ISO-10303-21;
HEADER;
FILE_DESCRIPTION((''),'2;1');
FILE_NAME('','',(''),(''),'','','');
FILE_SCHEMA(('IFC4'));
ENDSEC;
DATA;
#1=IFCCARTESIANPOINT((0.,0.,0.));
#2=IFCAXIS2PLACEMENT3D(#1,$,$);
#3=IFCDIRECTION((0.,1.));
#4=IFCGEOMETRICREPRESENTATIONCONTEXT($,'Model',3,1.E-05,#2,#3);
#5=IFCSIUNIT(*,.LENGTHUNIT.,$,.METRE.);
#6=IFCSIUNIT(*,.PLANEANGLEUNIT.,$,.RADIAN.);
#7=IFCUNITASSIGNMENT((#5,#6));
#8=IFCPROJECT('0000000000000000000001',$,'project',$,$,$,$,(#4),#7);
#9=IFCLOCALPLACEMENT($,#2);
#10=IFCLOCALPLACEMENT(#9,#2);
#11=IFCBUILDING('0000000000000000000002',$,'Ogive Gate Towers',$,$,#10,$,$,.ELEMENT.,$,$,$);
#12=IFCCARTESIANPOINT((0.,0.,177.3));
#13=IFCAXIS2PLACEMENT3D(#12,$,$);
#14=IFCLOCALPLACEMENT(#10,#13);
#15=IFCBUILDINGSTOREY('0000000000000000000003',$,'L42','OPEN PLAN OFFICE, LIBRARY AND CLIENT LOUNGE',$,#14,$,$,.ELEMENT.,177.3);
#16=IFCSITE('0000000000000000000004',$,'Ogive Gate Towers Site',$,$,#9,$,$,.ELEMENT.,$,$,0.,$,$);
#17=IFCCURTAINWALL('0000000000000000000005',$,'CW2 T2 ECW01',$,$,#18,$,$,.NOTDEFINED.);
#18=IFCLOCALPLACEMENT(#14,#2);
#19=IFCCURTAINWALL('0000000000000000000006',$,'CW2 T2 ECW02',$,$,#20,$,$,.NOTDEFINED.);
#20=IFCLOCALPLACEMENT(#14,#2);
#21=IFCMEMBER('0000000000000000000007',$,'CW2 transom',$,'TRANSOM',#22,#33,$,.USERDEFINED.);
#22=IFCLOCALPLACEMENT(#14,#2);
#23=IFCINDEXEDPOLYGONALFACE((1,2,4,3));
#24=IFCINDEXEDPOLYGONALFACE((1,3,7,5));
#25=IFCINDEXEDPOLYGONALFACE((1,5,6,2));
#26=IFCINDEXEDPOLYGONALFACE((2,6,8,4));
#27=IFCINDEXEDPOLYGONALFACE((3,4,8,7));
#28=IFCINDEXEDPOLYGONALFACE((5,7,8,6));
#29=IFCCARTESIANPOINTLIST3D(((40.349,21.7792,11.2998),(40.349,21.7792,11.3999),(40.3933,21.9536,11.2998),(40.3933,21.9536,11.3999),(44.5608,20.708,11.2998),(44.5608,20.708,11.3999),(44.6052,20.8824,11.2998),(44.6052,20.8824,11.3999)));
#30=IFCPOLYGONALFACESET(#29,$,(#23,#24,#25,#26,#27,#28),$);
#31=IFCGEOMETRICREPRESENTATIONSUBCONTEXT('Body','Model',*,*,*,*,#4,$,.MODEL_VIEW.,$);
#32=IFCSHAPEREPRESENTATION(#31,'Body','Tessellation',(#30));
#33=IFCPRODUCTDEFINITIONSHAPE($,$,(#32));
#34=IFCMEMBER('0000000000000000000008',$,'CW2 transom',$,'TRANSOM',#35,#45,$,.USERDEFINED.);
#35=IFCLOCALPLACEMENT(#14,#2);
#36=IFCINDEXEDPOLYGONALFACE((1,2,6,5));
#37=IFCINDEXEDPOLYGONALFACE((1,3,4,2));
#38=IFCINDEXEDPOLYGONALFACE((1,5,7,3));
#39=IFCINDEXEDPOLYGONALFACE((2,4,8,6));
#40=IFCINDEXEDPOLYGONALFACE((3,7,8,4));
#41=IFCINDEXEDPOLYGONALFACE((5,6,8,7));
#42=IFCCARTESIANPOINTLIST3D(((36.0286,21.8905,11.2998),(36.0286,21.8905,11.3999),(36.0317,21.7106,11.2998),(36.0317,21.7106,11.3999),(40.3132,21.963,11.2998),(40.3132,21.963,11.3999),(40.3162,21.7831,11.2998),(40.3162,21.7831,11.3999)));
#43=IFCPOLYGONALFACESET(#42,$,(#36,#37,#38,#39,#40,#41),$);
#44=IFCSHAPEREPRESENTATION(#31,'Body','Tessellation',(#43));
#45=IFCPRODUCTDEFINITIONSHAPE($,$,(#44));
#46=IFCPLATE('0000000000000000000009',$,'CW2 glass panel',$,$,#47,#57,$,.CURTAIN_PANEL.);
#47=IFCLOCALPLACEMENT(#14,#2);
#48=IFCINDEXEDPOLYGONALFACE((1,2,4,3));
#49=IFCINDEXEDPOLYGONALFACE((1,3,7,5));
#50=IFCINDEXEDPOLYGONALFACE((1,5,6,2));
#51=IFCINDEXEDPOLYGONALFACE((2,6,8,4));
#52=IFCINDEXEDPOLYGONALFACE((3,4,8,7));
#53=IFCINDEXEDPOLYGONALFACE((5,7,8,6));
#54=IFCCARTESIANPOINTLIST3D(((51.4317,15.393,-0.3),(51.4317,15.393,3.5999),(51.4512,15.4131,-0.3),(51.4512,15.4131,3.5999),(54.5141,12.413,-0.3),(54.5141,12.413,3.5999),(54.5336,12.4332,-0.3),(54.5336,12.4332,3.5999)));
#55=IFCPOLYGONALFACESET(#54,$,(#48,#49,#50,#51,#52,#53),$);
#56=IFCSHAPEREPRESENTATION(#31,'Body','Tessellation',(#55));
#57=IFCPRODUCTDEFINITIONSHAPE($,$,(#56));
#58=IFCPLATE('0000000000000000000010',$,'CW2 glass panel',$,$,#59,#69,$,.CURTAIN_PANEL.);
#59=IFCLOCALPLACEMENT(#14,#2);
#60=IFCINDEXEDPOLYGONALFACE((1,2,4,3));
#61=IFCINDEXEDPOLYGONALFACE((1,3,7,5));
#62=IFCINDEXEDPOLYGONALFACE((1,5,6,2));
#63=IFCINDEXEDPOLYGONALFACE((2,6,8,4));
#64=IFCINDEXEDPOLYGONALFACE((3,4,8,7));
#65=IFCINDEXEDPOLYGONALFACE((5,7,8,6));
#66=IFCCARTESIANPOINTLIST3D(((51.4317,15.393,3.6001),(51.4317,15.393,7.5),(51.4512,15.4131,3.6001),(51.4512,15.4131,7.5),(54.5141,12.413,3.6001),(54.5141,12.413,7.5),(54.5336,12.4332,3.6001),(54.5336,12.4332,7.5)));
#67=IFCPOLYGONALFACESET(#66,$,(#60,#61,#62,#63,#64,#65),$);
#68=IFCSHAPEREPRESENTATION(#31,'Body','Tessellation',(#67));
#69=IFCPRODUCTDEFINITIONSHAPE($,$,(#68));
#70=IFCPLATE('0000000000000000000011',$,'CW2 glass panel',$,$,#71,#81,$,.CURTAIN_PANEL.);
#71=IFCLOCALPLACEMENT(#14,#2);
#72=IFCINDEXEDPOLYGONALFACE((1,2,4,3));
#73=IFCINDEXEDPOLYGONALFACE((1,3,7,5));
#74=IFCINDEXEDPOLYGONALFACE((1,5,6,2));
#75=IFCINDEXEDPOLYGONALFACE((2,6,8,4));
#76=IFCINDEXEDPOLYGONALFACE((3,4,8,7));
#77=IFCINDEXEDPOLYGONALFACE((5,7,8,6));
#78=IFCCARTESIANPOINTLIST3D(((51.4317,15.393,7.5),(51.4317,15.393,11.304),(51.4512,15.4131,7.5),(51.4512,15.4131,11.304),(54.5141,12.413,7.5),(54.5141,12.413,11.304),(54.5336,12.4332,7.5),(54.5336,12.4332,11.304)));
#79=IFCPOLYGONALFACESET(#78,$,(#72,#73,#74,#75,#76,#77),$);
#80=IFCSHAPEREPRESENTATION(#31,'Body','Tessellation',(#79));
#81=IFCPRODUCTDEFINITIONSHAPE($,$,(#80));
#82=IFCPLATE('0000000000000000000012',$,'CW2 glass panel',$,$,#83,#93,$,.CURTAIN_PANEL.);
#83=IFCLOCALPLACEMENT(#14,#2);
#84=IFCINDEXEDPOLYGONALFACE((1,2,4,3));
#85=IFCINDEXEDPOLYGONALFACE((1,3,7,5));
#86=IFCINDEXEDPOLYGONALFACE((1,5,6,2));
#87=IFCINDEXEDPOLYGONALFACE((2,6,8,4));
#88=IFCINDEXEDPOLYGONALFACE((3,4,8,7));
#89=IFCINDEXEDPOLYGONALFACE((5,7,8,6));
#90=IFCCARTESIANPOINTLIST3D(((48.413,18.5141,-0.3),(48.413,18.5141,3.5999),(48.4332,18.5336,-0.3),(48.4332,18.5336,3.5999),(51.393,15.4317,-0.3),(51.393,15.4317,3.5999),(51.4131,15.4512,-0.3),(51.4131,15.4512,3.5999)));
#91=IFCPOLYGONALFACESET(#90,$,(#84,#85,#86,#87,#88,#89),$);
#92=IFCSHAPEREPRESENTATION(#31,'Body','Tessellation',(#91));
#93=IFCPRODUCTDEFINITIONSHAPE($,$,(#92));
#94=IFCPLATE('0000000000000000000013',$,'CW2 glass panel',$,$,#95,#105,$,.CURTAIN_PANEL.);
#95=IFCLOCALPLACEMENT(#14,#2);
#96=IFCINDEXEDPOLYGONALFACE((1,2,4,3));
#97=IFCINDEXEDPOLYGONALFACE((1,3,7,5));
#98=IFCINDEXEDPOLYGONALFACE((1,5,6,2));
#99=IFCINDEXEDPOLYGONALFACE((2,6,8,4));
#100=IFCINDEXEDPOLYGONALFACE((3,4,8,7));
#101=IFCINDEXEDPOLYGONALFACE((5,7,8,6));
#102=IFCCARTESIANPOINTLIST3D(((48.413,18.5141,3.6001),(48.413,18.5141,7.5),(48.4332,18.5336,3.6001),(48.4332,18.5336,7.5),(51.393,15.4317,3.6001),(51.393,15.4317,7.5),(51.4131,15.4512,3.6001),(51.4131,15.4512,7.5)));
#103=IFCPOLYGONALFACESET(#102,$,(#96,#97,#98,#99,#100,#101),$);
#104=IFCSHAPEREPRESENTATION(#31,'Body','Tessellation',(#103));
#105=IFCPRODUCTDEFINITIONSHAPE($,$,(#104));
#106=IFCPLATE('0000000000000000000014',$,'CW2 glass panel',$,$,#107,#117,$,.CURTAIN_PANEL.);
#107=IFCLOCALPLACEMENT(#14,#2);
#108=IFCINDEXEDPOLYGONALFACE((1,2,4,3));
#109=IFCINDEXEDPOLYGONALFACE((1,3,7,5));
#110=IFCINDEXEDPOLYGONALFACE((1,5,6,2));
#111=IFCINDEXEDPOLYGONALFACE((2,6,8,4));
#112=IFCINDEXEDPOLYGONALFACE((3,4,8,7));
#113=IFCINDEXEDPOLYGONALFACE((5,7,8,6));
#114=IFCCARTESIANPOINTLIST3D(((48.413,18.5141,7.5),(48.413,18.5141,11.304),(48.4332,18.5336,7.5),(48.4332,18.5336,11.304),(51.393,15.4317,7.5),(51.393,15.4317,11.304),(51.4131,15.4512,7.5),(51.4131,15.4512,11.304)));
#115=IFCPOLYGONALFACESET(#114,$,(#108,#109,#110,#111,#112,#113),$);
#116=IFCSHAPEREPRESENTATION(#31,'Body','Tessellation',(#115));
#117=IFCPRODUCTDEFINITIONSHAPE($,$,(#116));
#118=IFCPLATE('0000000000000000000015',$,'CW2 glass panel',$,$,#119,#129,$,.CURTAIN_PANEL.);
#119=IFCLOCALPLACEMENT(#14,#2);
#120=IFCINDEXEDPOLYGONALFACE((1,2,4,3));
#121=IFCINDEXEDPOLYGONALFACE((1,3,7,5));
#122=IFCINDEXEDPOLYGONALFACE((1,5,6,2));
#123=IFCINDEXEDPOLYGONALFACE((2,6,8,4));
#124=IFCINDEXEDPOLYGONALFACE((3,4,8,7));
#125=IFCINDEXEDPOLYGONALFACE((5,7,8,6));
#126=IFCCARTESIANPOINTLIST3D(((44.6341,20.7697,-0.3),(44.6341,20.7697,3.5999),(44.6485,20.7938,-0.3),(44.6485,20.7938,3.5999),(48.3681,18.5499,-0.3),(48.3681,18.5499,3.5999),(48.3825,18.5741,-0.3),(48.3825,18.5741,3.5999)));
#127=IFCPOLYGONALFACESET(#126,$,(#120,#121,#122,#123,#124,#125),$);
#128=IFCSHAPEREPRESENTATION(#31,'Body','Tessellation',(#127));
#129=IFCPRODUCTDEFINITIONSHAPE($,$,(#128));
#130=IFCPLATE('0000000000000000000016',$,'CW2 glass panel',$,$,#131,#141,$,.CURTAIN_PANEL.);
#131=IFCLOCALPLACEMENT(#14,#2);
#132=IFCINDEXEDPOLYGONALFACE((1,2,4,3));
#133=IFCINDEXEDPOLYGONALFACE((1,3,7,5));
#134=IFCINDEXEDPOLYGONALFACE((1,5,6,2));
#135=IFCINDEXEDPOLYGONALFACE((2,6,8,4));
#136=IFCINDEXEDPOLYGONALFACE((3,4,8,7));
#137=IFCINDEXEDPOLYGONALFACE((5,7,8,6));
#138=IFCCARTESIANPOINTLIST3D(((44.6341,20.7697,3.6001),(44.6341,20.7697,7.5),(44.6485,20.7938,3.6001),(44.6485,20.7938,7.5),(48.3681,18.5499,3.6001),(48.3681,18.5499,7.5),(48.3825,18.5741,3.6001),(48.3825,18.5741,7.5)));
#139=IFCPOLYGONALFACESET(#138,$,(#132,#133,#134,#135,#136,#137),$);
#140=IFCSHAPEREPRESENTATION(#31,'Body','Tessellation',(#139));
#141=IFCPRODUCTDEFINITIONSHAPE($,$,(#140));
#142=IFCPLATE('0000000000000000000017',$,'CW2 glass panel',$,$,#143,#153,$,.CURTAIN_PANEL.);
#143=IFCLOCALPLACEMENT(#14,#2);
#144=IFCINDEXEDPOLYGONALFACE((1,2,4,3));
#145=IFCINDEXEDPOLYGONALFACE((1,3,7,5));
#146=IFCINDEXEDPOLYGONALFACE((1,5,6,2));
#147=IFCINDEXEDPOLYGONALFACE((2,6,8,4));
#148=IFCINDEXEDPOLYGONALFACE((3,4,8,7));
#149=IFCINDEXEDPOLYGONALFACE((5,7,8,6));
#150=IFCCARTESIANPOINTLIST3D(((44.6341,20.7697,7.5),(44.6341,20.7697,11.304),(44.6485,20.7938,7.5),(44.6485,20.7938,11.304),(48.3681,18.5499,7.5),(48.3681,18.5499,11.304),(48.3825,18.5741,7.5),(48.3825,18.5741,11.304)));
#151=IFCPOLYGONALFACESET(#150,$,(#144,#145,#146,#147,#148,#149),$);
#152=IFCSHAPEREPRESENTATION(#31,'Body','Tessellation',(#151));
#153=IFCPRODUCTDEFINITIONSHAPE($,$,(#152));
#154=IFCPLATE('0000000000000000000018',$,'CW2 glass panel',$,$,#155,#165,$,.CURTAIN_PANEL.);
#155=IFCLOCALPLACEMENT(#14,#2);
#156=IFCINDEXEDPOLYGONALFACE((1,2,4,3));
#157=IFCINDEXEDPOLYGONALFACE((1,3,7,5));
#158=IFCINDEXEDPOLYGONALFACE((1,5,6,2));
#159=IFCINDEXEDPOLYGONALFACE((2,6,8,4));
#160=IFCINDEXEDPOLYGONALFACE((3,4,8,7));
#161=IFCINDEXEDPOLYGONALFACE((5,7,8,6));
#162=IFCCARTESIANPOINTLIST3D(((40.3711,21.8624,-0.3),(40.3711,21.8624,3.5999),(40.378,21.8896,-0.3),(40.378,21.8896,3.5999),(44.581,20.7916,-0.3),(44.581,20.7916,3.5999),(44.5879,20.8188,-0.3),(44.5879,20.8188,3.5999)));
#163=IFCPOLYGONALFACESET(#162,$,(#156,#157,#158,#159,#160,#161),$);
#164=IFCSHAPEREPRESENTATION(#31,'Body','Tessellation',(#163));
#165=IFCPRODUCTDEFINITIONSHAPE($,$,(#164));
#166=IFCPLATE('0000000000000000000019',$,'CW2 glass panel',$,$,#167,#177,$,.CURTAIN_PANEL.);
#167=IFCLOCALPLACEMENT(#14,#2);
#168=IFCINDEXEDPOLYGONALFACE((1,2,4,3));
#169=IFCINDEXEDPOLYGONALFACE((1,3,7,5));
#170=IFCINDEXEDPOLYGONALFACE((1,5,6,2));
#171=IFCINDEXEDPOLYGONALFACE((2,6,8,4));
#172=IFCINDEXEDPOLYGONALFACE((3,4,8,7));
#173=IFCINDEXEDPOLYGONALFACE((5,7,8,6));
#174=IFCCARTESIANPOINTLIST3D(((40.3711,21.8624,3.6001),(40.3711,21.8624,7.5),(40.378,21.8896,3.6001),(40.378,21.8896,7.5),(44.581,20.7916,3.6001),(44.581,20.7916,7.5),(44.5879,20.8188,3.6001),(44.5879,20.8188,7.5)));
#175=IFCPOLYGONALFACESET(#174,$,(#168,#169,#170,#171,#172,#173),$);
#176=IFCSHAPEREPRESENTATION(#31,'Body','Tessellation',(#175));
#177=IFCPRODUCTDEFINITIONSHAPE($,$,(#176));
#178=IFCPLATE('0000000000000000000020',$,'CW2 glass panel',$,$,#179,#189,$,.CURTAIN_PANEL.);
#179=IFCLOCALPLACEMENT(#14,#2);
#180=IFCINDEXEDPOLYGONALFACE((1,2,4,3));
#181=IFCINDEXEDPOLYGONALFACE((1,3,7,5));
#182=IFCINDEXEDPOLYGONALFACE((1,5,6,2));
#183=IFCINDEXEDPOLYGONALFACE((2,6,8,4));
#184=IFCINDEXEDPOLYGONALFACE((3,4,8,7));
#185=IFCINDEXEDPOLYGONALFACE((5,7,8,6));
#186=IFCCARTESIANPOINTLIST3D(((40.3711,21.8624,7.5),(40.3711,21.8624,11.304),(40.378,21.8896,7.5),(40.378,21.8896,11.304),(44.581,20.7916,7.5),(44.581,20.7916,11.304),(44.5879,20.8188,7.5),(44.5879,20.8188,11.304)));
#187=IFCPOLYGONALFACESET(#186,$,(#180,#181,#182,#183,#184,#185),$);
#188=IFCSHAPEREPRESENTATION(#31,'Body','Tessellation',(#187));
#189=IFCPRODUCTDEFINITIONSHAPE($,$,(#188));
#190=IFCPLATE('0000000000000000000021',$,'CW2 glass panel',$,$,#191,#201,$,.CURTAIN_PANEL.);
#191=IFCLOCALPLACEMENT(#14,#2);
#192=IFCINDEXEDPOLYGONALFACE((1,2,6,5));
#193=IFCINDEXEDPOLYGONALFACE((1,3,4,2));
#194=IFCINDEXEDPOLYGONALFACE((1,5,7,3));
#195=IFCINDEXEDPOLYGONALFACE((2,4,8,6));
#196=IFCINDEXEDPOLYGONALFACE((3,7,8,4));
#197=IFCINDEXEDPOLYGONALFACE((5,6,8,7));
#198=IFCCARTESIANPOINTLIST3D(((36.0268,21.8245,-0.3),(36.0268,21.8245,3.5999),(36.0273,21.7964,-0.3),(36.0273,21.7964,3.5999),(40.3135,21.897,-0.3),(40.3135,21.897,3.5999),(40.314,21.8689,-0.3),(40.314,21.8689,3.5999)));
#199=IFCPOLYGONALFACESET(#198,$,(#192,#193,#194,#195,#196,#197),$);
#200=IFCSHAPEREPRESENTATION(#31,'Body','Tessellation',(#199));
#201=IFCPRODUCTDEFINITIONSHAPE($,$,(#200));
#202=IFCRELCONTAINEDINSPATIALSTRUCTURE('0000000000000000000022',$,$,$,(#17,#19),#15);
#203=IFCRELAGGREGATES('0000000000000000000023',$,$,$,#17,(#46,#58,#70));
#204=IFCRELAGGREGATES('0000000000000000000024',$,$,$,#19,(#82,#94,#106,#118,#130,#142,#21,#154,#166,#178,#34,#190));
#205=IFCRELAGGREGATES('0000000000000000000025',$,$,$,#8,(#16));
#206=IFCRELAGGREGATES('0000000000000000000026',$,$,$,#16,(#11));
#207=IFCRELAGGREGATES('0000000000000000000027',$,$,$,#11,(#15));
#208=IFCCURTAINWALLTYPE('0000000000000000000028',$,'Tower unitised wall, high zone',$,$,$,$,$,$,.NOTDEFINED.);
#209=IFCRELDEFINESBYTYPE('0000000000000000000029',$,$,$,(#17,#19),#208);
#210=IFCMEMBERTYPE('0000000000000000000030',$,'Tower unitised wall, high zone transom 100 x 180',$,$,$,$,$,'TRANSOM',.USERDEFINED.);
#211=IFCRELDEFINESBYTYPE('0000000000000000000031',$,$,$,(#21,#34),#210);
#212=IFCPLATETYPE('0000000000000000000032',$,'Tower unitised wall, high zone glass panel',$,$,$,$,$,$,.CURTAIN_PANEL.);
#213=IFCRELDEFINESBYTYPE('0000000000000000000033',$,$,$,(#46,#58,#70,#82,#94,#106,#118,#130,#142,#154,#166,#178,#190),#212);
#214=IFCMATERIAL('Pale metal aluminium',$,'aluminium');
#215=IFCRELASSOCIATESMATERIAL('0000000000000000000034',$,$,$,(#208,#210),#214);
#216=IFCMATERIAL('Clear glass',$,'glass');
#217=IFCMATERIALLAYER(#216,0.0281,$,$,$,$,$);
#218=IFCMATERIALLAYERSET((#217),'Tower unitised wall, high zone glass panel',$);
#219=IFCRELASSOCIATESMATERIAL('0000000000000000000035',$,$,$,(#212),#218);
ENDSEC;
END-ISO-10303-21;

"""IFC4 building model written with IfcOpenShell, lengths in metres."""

from ifc_helpers import new_model, si_unit, direction, frame, origin, origin_2d, place, context, subcontext, project, spatial, rectangle, extrude, material, layer, layer_set, material_profile, profile_set, type_object, element, aggregate, save


model = new_model("IFC4")

# Units and contexts
model_context = context("Model", 3, precision=1e-05, world=origin(), true_north=direction((0.0, 1.0)))
body_context = subcontext(model_context, "Body", "Model", "MODEL_VIEW")
ifc_project = project(units=[si_unit("LENGTHUNIT", "METRE"), si_unit("PLANEANGLEUNIT", "RADIAN")], contexts=[model_context])

# Site, building, storey
site_placement = place(None, origin())
site = spatial("IfcSite", under=ifc_project, at=site_placement, Name="Ogive Gate Towers Site", CompositionType="ELEMENT", RefElevation=0.0)
building_placement = place(site_placement, origin())
building = spatial("IfcBuilding", under=site, at=building_placement, Name="Ogive Gate Towers", CompositionType="ELEMENT")
storey_placement = place(building_placement, frame((0.0, 0.0, 177.3)))
storey = spatial("IfcBuildingStorey", under=building, at=storey_placement, Name="L42", Description="OPEN PLAN OFFICE, LIBRARY AND CLIENT LOUNGE", CompositionType="ELEMENT", Elevation=177.3)

# Curtain wall
ifc_material_1 = material(Name="Pale metal aluminium", Category="aluminium")
curtain_wall_type = type_object("IfcCurtainWallType", Name="Tower unitised wall, high zone", PredefinedType="NOTDEFINED", material=ifc_material_1)
curtain_wall_1_placement = place(storey_placement, origin())
curtain_wall_1 = element("IfcCurtainWall", 1, at=curtain_wall_1_placement, inside=storey, type_object=curtain_wall_type, Name="CW2 T2 ECW01", PredefinedType="NOTDEFINED")

# Curtain wall
curtain_wall_2_placement = place(storey_placement, origin())
curtain_wall_2 = element("IfcCurtainWall", 2, at=curtain_wall_2_placement, inside=storey, type_object=curtain_wall_type, Name="CW2 T2 ECW02", PredefinedType="NOTDEFINED")

# Members
ifc_material_profile_1 = material_profile(ifc_material_1, rectangle(XDim=0.1799, YDim=0.1001, at=origin_2d()), Name="100 x 180 aluminium box")
ifc_profile_set_1 = profile_set([ifc_material_profile_1], Name="Pale metal aluminium")
member_type_1 = type_object("IfcMemberType", Name="Tower unitised wall, high zone transom 100 x 180", ElementType="TRANSOM", PredefinedType="USERDEFINED", material=ifc_profile_set_1)
member_1_placement = place(storey_placement, frame((44.583, 20.7952, 11.3499), z_axis=(-0.969143, 0.246499, 0.0), x_axis=(-0.246499, -0.969143, 0.0)))
member_1 = element("IfcMember", 3, at=member_1_placement, type_object=member_type_1, Name="CW2 transom", ObjectType="TRANSOM", PredefinedType="USERDEFINED", context=body_context, shape_type="SweptSolid", body=[
    extrude(rectangle(XDim=0.1799, YDim=0.1001, at=origin_2d()), origin(), (0.0, 0.0, 1.0), 4.3459),
])
member_2_placement = place(storey_placement, frame((40.3147, 21.873, 11.3499), z_axis=(-0.999857, -0.016922, 0.0), x_axis=(0.016922, -0.999857, 0.0)))
member_2 = element("IfcMember", 4, at=member_2_placement, type_object=member_type_1, Name="CW2 transom", ObjectType="TRANSOM", PredefinedType="USERDEFINED", context=body_context, shape_type="SweptSolid", body=[
    extrude(rectangle(XDim=0.1799, YDim=0.1001, at=origin_2d()), origin(), (0.0, 0.0, 1.0), 4.2852),
])

# Plates
ifc_material_2 = material(Name="Clear glass", Category="glass")
ifc_layer_1 = layer(ifc_material_2, 0.0281)
ifc_layer_set_1 = layer_set([ifc_layer_1], Name="Tower unitised wall, high zone glass panel")
plate_type = type_object("IfcPlateType", Name="Tower unitised wall, high zone glass panel", PredefinedType="CURTAIN_PANEL", material=ifc_layer_set_1)
plate_1_placement = place(storey_placement, frame((52.9827, 13.9131, -0.3), z_axis=(0.0, 0.0, 1.0), x_axis=(-0.718964, 0.695047, 0.0)))
plate_1 = element("IfcPlate", 5, at=plate_1_placement, type_object=plate_type, Name="CW2 glass panel", PredefinedType="CURTAIN_PANEL", context=body_context, shape_type="SweptSolid", body=[
    extrude(rectangle(XDim=4.2874, YDim=0.0281, at=origin_2d()), origin(), (0.0, 0.0, 1.0), 3.8999),
])
plate_2_placement = place(storey_placement, frame((52.9827, 13.9131, 3.6001), z_axis=(0.0, 0.0, 1.0), x_axis=(-0.718964, 0.695047, 0.0)))
plate_2 = element("IfcPlate", 6, at=plate_2_placement, type_object=plate_type, Name="CW2 glass panel", PredefinedType="CURTAIN_PANEL", context=body_context, shape_type="SweptSolid", body=[
    extrude(rectangle(XDim=4.2874, YDim=0.0281, at=origin_2d()), origin(), (0.0, 0.0, 1.0), 3.8999),
])
plate_3_placement = place(storey_placement, frame((52.9827, 13.9131, 7.5), z_axis=(0.0, 0.0, 1.0), x_axis=(-0.718964, 0.695047, 0.0)))
plate_3 = element("IfcPlate", 7, at=plate_3_placement, type_object=plate_type, Name="CW2 glass panel", PredefinedType="CURTAIN_PANEL", context=body_context, shape_type="SweptSolid", body=[
    extrude(rectangle(XDim=4.2874, YDim=0.0281, at=origin_2d()), origin(), (0.0, 0.0, 1.0), 3.804),
])
aggregate(curtain_wall_1, [plate_1, plate_2, plate_3])
plate_4_placement = place(storey_placement, frame((49.9131, 16.9827, -0.3), z_axis=(0.0, 0.0, 1.0), x_axis=(-0.695047, 0.718964, 0.0)))
plate_4 = element("IfcPlate", 8, at=plate_4_placement, type_object=plate_type, Name="CW2 glass panel", PredefinedType="CURTAIN_PANEL", context=body_context, shape_type="SweptSolid", body=[
    extrude(rectangle(XDim=4.2874, YDim=0.0281, at=origin_2d()), origin(), (0.0, 0.0, 1.0), 3.8999),
])
plate_5_placement = place(storey_placement, frame((49.9131, 16.9827, 3.6001), z_axis=(0.0, 0.0, 1.0), x_axis=(-0.695047, 0.718964, 0.0)))
plate_5 = element("IfcPlate", 9, at=plate_5_placement, type_object=plate_type, Name="CW2 glass panel", PredefinedType="CURTAIN_PANEL", context=body_context, shape_type="SweptSolid", body=[
    extrude(rectangle(XDim=4.2874, YDim=0.0281, at=origin_2d()), origin(), (0.0, 0.0, 1.0), 3.8999),
])
plate_6_placement = place(storey_placement, frame((49.9131, 16.9827, 7.5), z_axis=(0.0, 0.0, 1.0), x_axis=(-0.695047, 0.718964, 0.0)))
plate_6 = element("IfcPlate", 10, at=plate_6_placement, type_object=plate_type, Name="CW2 glass panel", PredefinedType="CURTAIN_PANEL", context=body_context, shape_type="SweptSolid", body=[
    extrude(rectangle(XDim=4.2874, YDim=0.0281, at=origin_2d()), origin(), (0.0, 0.0, 1.0), 3.804),
])
plate_7_placement = place(storey_placement, frame((46.5083, 19.6719, -0.3), z_axis=(0.0, 0.0, 1.0), x_axis=(-0.859585, 0.510993, 0.0)))
plate_7 = element("IfcPlate", 11, at=plate_7_placement, type_object=plate_type, Name="CW2 glass panel", PredefinedType="CURTAIN_PANEL", context=body_context, shape_type="SweptSolid", body=[
    extrude(rectangle(XDim=4.344, YDim=0.0281, at=origin_2d()), origin(), (0.0, 0.0, 1.0), 3.8999),
])
plate_8_placement = place(storey_placement, frame((46.5083, 19.6719, 3.6001), z_axis=(0.0, 0.0, 1.0), x_axis=(-0.859585, 0.510993, 0.0)))
plate_8 = element("IfcPlate", 12, at=plate_8_placement, type_object=plate_type, Name="CW2 glass panel", PredefinedType="CURTAIN_PANEL", context=body_context, shape_type="SweptSolid", body=[
    extrude(rectangle(XDim=4.344, YDim=0.0281, at=origin_2d()), origin(), (0.0, 0.0, 1.0), 3.8999),
])
plate_9_placement = place(storey_placement, frame((46.5083, 19.6719, 7.5), z_axis=(0.0, 0.0, 1.0), x_axis=(-0.859585, 0.510993, 0.0)))
plate_9 = element("IfcPlate", 13, at=plate_9_placement, type_object=plate_type, Name="CW2 glass panel", PredefinedType="CURTAIN_PANEL", context=body_context, shape_type="SweptSolid", body=[
    extrude(rectangle(XDim=4.344, YDim=0.0281, at=origin_2d()), origin(), (0.0, 0.0, 1.0), 3.804),
])
plate_10_placement = place(storey_placement, frame((42.4795, 21.3406, -0.3), z_axis=(0.0, 0.0, 1.0), x_axis=(-0.969145, 0.246492, 0.0)))
plate_10 = element("IfcPlate", 14, at=plate_10_placement, type_object=plate_type, Name="CW2 glass panel", PredefinedType="CURTAIN_PANEL", context=body_context, shape_type="SweptSolid", body=[
    extrude(rectangle(XDim=4.344, YDim=0.0281, at=origin_2d()), origin(), (0.0, 0.0, 1.0), 3.8999),
])
plate_11_placement = place(storey_placement, frame((42.4795, 21.3406, 3.6001), z_axis=(0.0, 0.0, 1.0), x_axis=(-0.969145, 0.246492, 0.0)))
plate_11 = element("IfcPlate", 15, at=plate_11_placement, type_object=plate_type, Name="CW2 glass panel", PredefinedType="CURTAIN_PANEL", context=body_context, shape_type="SweptSolid", body=[
    extrude(rectangle(XDim=4.344, YDim=0.0281, at=origin_2d()), origin(), (0.0, 0.0, 1.0), 3.8999),
])
plate_12_placement = place(storey_placement, frame((42.4795, 21.3406, 7.5), z_axis=(0.0, 0.0, 1.0), x_axis=(-0.969145, 0.246492, 0.0)))
plate_12 = element("IfcPlate", 16, at=plate_12_placement, type_object=plate_type, Name="CW2 glass panel", PredefinedType="CURTAIN_PANEL", context=body_context, shape_type="SweptSolid", body=[
    extrude(rectangle(XDim=4.344, YDim=0.0281, at=origin_2d()), origin(), (0.0, 0.0, 1.0), 3.804),
])
plate_13_placement = place(storey_placement, frame((38.1704, 21.8467, -0.3), z_axis=(0.0, 0.0, 1.0), x_axis=(-0.999857, -0.016911, 0.0)))
plate_13 = element("IfcPlate", 17, at=plate_13_placement, type_object=plate_type, Name="CW2 glass panel", PredefinedType="CURTAIN_PANEL", context=body_context, shape_type="SweptSolid", body=[
    extrude(rectangle(XDim=4.2874, YDim=0.0281, at=origin_2d()), origin(), (0.0, 0.0, 1.0), 3.8999),
])
aggregate(curtain_wall_2, [plate_4, plate_5, plate_6, plate_7, plate_8, plate_9, member_1, plate_10, plate_11, plate_12, member_2, plate_13])

save(model, "model.ifc")
